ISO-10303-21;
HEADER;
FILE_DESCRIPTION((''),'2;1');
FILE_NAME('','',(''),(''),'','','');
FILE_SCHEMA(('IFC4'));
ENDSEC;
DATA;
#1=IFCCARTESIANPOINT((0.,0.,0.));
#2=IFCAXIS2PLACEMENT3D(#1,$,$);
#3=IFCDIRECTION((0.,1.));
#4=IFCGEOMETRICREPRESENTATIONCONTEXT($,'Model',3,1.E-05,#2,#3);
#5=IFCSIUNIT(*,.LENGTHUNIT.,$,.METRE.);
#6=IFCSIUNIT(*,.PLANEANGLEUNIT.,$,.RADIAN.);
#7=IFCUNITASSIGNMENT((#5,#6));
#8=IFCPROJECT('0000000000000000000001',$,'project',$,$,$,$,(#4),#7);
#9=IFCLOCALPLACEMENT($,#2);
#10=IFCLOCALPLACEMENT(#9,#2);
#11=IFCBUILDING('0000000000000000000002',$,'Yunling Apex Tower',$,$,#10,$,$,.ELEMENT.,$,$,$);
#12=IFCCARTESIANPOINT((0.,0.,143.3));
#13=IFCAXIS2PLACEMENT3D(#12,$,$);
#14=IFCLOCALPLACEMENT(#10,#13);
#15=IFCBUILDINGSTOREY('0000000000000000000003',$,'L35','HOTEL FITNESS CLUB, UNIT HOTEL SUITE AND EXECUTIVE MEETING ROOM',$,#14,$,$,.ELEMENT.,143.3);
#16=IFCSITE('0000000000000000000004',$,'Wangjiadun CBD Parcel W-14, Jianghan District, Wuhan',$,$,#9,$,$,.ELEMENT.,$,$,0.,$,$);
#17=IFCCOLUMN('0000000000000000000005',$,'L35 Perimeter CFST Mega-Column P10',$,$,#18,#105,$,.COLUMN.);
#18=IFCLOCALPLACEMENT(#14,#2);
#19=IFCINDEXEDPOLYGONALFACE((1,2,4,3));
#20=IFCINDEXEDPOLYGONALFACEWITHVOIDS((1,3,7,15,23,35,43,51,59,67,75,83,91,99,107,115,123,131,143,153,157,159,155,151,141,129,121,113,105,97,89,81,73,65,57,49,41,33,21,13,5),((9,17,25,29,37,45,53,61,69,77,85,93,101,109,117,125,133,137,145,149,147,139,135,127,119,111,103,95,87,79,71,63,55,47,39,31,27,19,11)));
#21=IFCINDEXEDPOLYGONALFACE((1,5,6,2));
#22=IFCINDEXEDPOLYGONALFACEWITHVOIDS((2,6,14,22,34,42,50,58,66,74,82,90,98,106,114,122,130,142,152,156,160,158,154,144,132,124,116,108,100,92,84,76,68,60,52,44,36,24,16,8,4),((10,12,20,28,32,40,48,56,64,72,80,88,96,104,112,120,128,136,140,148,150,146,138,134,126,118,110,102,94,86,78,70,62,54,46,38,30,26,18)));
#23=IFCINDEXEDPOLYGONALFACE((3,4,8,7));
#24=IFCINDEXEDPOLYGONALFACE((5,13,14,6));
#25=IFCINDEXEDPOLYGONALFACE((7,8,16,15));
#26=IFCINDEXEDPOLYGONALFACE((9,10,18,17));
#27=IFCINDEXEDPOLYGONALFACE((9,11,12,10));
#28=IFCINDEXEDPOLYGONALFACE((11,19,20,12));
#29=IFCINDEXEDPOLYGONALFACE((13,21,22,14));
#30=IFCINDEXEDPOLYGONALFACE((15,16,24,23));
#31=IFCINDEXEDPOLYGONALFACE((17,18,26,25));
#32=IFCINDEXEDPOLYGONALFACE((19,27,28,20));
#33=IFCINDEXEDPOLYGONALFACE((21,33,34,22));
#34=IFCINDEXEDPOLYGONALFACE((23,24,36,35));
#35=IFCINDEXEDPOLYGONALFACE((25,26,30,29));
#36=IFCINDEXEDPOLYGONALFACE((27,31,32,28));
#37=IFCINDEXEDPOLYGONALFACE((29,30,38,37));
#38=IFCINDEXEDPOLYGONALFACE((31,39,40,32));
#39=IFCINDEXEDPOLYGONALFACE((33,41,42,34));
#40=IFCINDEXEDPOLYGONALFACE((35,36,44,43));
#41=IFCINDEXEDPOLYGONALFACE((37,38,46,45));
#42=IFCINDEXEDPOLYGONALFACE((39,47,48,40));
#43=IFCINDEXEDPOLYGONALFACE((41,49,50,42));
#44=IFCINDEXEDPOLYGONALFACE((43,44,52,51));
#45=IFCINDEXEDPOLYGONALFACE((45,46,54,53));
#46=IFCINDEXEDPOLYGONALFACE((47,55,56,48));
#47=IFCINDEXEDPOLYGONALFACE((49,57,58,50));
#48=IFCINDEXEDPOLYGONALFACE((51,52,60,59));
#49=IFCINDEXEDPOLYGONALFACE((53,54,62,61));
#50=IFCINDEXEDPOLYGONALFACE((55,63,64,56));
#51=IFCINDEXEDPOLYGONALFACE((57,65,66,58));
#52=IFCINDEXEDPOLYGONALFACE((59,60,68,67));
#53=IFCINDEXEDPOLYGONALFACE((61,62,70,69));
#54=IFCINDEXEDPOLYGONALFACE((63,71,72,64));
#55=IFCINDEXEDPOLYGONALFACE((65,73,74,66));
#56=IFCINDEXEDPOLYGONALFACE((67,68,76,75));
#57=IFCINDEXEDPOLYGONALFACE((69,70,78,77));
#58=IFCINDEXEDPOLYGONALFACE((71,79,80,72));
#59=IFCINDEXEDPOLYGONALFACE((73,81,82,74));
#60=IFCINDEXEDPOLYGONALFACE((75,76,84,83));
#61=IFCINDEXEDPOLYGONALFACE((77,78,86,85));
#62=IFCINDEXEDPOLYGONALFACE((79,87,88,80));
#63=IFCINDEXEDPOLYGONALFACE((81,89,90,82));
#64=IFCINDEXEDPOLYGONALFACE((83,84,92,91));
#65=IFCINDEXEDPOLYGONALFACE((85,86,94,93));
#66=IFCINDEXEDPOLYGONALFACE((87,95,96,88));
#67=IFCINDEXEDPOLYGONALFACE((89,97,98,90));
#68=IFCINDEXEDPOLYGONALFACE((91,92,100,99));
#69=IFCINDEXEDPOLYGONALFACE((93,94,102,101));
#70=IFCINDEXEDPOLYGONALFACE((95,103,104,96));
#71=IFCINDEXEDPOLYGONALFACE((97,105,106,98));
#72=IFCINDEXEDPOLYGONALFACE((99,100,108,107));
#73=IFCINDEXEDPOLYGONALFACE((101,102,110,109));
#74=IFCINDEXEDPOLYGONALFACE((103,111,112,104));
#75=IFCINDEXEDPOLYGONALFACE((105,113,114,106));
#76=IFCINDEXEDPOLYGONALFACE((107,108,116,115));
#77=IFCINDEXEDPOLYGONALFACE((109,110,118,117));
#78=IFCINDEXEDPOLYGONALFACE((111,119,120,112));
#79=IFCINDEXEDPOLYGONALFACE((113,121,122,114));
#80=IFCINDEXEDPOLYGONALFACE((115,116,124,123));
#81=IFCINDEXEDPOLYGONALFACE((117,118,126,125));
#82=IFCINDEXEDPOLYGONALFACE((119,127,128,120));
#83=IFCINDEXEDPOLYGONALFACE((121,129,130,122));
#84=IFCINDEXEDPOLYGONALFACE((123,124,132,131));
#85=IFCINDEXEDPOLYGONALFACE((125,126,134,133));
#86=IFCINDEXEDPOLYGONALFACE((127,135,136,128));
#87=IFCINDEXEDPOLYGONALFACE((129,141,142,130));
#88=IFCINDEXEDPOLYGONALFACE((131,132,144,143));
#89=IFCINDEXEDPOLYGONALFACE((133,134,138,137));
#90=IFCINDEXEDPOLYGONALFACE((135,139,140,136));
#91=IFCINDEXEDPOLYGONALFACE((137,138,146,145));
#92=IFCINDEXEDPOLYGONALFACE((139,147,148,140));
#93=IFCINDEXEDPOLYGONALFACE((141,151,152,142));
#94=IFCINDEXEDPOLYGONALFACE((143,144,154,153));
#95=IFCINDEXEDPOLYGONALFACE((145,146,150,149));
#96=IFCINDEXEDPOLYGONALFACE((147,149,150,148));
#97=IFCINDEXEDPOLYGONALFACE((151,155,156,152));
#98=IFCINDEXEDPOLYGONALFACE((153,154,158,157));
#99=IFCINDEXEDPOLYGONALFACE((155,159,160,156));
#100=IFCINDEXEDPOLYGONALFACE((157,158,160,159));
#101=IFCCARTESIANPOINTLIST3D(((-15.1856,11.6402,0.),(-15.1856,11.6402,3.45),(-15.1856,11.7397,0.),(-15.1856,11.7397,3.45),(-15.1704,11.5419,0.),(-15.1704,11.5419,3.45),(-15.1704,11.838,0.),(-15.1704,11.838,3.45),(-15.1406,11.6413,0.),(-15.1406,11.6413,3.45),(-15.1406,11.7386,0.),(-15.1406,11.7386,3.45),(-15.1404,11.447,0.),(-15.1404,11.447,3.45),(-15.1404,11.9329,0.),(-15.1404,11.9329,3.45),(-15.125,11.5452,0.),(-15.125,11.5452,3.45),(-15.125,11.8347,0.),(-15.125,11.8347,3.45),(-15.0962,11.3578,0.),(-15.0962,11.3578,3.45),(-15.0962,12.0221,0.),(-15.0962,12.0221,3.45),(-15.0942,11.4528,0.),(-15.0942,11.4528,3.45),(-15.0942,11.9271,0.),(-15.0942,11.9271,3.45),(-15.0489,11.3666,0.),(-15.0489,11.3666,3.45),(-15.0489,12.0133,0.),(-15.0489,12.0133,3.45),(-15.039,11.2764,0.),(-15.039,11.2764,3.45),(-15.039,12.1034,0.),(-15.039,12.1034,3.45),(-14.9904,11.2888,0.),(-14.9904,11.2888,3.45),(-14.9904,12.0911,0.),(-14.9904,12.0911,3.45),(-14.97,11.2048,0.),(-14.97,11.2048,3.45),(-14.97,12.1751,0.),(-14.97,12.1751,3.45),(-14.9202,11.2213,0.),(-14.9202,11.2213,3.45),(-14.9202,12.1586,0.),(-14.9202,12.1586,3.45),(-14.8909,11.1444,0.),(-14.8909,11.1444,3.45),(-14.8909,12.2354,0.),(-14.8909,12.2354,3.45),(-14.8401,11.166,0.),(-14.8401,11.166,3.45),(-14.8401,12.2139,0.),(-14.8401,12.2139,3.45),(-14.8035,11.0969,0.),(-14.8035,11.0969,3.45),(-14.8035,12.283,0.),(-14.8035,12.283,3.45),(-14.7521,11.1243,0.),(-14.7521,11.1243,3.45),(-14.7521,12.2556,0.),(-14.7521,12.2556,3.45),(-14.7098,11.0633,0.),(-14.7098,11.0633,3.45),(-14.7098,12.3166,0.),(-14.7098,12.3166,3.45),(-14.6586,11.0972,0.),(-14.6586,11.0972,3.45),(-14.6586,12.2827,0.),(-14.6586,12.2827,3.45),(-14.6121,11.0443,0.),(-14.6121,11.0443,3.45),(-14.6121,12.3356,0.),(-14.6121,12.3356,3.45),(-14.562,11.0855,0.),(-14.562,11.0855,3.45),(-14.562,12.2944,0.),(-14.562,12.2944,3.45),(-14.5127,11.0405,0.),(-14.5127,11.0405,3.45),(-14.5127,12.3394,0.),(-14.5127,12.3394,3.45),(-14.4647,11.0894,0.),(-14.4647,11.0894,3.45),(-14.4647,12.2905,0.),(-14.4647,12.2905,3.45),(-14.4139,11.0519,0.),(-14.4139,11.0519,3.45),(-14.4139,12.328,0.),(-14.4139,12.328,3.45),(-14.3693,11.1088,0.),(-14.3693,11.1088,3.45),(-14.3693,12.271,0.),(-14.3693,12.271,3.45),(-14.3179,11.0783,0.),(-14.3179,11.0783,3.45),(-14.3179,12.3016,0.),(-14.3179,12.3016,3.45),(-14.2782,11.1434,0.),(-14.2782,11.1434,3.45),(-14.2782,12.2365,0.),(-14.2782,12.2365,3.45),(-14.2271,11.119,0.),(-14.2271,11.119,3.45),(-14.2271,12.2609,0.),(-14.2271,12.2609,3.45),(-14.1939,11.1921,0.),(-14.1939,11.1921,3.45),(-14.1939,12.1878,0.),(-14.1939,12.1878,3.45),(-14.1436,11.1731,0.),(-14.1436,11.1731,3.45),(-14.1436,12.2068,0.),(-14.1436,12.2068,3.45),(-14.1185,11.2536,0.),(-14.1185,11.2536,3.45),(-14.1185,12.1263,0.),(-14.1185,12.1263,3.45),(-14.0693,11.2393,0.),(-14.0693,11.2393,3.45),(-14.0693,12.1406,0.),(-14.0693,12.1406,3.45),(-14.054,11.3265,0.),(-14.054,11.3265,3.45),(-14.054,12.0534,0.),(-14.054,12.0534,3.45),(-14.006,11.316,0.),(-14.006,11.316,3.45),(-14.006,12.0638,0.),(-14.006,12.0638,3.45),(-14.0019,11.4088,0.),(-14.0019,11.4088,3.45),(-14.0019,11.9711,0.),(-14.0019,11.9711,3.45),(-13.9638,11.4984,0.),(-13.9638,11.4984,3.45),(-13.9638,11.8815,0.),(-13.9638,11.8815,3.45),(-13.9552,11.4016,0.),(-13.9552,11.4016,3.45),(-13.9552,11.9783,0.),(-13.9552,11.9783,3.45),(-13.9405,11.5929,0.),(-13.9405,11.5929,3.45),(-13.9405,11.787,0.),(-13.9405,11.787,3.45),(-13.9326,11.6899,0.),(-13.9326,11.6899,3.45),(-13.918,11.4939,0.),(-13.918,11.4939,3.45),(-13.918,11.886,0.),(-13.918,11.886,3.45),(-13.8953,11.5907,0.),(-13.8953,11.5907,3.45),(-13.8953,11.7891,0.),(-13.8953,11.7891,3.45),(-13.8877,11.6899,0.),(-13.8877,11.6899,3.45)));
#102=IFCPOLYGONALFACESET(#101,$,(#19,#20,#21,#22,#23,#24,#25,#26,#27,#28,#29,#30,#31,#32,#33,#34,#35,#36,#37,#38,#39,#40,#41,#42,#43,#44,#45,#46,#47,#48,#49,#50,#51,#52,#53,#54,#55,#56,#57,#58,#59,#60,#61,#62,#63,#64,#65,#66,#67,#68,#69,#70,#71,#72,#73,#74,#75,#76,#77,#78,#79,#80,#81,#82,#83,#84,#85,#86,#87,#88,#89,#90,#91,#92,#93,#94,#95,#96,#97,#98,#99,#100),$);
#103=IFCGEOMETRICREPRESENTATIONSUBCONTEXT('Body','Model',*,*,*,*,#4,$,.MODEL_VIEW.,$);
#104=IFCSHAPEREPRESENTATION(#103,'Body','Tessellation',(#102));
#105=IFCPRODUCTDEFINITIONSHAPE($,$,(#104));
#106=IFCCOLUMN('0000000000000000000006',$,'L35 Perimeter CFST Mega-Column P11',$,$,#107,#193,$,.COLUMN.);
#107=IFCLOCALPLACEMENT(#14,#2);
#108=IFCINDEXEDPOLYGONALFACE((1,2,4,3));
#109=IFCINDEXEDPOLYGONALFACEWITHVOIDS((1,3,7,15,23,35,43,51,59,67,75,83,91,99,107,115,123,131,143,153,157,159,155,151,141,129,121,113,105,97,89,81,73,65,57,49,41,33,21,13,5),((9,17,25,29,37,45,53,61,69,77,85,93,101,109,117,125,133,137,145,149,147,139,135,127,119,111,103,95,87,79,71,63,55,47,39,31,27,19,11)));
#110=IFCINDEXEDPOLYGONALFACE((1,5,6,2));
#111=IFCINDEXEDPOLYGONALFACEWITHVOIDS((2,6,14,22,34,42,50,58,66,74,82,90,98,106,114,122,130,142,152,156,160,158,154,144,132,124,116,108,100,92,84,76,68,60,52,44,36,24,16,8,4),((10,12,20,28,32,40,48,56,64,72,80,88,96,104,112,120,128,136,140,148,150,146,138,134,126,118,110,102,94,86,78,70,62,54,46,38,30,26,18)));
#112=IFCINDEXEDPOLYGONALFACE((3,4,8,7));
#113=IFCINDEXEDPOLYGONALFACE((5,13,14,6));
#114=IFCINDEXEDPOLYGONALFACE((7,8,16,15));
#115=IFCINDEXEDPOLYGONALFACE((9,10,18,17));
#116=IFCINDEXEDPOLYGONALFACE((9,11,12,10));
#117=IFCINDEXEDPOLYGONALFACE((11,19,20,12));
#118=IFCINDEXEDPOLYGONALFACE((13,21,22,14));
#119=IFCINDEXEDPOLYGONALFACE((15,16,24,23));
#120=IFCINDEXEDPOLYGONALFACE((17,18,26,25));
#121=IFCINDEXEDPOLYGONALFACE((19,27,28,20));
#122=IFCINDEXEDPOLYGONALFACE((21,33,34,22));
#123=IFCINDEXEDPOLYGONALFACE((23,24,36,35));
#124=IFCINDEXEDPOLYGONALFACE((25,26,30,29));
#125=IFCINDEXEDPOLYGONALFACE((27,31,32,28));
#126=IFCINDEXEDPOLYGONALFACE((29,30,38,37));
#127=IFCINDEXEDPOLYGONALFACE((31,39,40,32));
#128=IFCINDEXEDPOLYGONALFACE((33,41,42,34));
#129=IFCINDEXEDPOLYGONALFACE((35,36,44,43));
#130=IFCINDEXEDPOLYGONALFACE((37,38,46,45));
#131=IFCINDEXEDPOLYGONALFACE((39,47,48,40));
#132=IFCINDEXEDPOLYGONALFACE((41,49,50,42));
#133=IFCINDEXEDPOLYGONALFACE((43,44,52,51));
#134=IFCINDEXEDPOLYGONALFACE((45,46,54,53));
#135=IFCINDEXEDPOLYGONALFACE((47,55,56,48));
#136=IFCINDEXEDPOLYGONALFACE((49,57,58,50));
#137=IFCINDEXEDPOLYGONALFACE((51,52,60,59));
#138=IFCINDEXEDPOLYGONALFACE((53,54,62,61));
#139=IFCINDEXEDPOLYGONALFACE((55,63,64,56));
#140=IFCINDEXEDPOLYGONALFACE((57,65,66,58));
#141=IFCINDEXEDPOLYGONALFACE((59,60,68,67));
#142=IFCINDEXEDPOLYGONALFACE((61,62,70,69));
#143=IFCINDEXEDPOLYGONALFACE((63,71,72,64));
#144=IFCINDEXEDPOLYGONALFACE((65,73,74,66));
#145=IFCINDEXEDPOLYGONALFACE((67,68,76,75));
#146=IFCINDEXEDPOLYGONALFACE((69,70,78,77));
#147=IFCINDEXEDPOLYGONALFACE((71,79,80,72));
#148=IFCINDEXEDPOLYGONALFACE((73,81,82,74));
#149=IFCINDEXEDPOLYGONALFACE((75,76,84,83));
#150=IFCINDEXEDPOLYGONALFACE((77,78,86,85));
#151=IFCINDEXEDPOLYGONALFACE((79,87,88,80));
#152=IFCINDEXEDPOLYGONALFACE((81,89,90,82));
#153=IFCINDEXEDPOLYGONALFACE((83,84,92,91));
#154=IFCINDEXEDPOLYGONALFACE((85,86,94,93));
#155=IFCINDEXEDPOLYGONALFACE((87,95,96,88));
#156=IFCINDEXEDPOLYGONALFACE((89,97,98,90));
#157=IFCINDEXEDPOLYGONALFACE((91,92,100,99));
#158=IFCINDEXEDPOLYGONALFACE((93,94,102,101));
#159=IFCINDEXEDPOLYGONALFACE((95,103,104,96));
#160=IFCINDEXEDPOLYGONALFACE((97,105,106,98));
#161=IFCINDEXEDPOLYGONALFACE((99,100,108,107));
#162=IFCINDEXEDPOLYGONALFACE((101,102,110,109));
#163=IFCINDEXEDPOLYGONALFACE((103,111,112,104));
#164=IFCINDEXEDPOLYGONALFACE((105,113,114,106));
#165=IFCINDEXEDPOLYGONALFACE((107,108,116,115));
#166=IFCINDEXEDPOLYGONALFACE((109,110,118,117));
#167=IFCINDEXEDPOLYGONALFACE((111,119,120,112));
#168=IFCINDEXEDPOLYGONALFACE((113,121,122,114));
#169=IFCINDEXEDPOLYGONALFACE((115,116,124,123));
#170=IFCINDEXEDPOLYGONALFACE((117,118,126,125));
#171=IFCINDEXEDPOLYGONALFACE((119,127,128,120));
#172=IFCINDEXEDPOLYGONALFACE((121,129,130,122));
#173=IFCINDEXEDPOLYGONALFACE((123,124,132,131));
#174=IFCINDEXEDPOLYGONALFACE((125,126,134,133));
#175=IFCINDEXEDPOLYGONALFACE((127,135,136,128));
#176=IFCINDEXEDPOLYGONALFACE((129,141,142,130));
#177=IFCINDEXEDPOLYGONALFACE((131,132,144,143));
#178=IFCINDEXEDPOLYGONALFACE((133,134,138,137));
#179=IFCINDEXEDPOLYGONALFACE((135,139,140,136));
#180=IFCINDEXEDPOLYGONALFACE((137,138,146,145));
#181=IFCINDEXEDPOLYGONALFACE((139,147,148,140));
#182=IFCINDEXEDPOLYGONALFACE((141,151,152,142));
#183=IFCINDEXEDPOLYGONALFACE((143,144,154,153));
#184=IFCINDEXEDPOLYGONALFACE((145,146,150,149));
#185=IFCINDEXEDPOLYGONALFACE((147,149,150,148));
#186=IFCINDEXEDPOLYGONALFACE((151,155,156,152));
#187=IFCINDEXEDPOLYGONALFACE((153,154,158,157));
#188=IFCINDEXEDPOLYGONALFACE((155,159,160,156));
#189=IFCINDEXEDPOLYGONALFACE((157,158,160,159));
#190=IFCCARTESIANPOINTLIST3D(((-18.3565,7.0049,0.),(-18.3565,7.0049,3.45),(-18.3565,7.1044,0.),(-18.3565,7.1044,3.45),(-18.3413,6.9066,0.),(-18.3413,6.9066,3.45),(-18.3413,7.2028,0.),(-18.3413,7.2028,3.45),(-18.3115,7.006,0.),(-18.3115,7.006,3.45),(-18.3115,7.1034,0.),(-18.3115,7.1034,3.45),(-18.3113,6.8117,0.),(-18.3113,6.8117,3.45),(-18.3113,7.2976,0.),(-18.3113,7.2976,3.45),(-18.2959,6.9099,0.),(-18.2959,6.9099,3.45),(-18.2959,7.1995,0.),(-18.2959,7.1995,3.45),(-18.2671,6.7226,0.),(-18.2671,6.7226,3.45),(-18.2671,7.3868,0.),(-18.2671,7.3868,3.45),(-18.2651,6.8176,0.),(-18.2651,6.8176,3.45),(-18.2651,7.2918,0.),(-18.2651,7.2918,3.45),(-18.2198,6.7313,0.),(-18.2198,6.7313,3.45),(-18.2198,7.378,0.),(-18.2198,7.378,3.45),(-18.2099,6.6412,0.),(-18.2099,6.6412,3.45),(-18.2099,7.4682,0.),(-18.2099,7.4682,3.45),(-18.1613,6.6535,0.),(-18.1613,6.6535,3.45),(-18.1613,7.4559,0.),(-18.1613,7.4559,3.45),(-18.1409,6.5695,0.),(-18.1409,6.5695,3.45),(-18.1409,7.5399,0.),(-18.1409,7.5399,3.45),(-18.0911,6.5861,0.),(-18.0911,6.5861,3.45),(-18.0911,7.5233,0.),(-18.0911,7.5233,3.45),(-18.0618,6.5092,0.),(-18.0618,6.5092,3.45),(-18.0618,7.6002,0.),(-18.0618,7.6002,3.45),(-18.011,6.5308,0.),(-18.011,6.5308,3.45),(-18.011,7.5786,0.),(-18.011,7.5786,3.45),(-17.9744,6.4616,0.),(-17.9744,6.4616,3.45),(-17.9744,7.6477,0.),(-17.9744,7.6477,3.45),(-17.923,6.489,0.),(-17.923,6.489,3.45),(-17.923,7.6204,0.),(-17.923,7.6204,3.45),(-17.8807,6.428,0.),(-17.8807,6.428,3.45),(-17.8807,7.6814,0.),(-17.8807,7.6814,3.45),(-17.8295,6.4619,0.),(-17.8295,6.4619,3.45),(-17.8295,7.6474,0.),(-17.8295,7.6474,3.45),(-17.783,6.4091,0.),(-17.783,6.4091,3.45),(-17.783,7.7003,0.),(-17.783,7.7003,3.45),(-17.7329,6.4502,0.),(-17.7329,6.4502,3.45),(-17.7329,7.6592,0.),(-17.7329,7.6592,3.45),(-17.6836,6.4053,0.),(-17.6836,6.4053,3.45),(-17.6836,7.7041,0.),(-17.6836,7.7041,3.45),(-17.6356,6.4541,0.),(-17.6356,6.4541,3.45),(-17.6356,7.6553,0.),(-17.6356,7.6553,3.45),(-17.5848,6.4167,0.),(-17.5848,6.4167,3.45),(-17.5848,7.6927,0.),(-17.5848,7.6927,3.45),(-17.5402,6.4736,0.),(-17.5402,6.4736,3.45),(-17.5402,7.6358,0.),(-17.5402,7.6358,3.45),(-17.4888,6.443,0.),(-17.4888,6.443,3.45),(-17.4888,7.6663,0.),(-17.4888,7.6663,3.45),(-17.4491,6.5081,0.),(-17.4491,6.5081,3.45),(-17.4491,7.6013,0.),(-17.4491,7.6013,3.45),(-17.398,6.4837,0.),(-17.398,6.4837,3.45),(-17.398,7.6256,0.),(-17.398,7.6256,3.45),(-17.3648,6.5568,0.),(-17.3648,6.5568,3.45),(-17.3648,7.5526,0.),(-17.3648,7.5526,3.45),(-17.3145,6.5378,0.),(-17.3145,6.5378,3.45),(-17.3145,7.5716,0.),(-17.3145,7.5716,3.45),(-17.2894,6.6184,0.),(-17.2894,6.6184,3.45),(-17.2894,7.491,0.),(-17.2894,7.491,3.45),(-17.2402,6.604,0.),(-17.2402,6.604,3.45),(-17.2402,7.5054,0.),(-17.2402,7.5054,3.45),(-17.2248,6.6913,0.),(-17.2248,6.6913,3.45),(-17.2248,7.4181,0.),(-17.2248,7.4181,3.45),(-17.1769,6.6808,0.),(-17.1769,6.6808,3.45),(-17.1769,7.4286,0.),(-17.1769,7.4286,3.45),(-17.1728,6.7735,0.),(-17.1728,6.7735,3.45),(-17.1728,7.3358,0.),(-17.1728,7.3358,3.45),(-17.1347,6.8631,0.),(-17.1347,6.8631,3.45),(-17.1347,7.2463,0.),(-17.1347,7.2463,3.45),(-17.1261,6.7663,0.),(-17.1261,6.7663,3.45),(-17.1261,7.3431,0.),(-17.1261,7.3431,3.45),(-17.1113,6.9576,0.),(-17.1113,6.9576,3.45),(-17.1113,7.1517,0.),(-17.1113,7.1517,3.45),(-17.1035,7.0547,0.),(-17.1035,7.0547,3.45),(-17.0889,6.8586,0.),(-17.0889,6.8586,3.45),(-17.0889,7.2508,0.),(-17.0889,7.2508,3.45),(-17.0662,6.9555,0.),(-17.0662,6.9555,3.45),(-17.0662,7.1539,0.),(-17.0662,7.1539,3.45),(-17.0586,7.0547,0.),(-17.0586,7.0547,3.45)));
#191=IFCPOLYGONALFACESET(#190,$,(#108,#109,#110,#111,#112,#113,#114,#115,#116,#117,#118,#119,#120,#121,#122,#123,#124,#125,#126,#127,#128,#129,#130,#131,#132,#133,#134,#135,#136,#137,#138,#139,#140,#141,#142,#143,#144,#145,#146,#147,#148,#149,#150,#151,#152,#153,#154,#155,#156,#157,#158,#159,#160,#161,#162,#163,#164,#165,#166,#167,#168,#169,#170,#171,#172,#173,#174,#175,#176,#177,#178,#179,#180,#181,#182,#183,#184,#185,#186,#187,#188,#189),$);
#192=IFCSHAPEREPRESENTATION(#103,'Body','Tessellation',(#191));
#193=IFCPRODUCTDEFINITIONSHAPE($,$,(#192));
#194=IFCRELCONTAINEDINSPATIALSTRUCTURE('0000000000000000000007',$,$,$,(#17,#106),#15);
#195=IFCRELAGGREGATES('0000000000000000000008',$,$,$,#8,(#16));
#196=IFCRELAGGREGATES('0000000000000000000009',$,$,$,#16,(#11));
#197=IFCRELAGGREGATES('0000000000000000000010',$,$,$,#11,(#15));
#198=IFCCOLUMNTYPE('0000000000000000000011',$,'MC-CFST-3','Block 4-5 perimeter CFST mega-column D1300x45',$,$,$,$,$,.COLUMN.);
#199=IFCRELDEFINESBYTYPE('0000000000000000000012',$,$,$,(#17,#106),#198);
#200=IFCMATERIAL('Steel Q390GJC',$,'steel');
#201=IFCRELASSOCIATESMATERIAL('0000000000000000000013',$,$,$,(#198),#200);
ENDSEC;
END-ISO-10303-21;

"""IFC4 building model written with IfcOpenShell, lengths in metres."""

from ifc_helpers import new_model, si_unit, direction, frame, origin, origin_2d, place, context, subcontext, project, spatial, hollow_circle, extrude, source, transform, mapped, material, material_profile, profile_set, type_object, element, save


model = new_model("IFC4")

# Units and contexts
model_context = context("Model", 3, precision=1e-05, world=origin(), true_north=direction((0.0, 1.0)))
body_context = subcontext(model_context, "Body", "Model", "MODEL_VIEW")
ifc_project = project(units=[si_unit("LENGTHUNIT", "METRE"), si_unit("PLANEANGLEUNIT", "RADIAN")], contexts=[model_context])

# Site, building, storey
site_placement = place(None, origin())
site = spatial("IfcSite", under=ifc_project, at=site_placement, Name="Wangjiadun CBD Parcel W-14, Jianghan District, Wuhan", CompositionType="ELEMENT", RefElevation=0.0)
building_placement = place(site_placement, origin())
building = spatial("IfcBuilding", under=site, at=building_placement, Name="Yunling Apex Tower", CompositionType="ELEMENT")
storey_placement = place(building_placement, frame((0.0, 0.0, 143.3)))
storey = spatial("IfcBuildingStorey", under=building, at=storey_placement, Name="L35", Description="HOTEL FITNESS CLUB, UNIT HOTEL SUITE AND EXECUTIVE MEETING ROOM", CompositionType="ELEMENT", Elevation=143.3)

# Columns
ifc_material_1 = material(Name="Steel Q390GJC", Category="steel")
ifc_material_profile_1 = material_profile(ifc_material_1, hollow_circle(Radius=0.6499, WallThickness=0.0449, at=origin_2d()))
ifc_profile_set_1 = profile_set([ifc_material_profile_1], Name="Steel Q390GJC")
column_type = type_object("IfcColumnType", Name="MC-CFST-3", Description="Block 4-5 perimeter CFST mega-column D1300x45", PredefinedType="COLUMN", material=ifc_profile_set_1)
shared_shape_1 = source(origin(), body_context, "Body", "SweptSolid", [
    extrude(hollow_circle(Radius=0.6499, WallThickness=0.0449, at=origin_2d()), origin(), (0.0, 0.0, 1.0), 3.45),
])
for number, where, z_axis, x_axis, name in (
    (1, (-14.5376, 11.6899, 0.0), (0.0, 0.0, 1.0), (1.0, 0.0, 0.0), "L35 Perimeter CFST Mega-Column P10"),
    (2, (-17.7085, 7.0547, 0.0), (0.0, 0.0, 1.0), (1.0, 0.0, 0.0), "L35 Perimeter CFST Mega-Column P11"),
):
    element("IfcColumn", number, at=place(storey_placement, frame(where, z_axis=z_axis, x_axis=x_axis)), inside=storey, type_object=column_type, Name=name, PredefinedType="COLUMN", context=body_context, shape_type="MappedRepresentation", body=[
        mapped(shared_shape_1, transform((0.0, 0.0, 0.0), scale=1.0)),
    ])

save(model, "model.ifc")
